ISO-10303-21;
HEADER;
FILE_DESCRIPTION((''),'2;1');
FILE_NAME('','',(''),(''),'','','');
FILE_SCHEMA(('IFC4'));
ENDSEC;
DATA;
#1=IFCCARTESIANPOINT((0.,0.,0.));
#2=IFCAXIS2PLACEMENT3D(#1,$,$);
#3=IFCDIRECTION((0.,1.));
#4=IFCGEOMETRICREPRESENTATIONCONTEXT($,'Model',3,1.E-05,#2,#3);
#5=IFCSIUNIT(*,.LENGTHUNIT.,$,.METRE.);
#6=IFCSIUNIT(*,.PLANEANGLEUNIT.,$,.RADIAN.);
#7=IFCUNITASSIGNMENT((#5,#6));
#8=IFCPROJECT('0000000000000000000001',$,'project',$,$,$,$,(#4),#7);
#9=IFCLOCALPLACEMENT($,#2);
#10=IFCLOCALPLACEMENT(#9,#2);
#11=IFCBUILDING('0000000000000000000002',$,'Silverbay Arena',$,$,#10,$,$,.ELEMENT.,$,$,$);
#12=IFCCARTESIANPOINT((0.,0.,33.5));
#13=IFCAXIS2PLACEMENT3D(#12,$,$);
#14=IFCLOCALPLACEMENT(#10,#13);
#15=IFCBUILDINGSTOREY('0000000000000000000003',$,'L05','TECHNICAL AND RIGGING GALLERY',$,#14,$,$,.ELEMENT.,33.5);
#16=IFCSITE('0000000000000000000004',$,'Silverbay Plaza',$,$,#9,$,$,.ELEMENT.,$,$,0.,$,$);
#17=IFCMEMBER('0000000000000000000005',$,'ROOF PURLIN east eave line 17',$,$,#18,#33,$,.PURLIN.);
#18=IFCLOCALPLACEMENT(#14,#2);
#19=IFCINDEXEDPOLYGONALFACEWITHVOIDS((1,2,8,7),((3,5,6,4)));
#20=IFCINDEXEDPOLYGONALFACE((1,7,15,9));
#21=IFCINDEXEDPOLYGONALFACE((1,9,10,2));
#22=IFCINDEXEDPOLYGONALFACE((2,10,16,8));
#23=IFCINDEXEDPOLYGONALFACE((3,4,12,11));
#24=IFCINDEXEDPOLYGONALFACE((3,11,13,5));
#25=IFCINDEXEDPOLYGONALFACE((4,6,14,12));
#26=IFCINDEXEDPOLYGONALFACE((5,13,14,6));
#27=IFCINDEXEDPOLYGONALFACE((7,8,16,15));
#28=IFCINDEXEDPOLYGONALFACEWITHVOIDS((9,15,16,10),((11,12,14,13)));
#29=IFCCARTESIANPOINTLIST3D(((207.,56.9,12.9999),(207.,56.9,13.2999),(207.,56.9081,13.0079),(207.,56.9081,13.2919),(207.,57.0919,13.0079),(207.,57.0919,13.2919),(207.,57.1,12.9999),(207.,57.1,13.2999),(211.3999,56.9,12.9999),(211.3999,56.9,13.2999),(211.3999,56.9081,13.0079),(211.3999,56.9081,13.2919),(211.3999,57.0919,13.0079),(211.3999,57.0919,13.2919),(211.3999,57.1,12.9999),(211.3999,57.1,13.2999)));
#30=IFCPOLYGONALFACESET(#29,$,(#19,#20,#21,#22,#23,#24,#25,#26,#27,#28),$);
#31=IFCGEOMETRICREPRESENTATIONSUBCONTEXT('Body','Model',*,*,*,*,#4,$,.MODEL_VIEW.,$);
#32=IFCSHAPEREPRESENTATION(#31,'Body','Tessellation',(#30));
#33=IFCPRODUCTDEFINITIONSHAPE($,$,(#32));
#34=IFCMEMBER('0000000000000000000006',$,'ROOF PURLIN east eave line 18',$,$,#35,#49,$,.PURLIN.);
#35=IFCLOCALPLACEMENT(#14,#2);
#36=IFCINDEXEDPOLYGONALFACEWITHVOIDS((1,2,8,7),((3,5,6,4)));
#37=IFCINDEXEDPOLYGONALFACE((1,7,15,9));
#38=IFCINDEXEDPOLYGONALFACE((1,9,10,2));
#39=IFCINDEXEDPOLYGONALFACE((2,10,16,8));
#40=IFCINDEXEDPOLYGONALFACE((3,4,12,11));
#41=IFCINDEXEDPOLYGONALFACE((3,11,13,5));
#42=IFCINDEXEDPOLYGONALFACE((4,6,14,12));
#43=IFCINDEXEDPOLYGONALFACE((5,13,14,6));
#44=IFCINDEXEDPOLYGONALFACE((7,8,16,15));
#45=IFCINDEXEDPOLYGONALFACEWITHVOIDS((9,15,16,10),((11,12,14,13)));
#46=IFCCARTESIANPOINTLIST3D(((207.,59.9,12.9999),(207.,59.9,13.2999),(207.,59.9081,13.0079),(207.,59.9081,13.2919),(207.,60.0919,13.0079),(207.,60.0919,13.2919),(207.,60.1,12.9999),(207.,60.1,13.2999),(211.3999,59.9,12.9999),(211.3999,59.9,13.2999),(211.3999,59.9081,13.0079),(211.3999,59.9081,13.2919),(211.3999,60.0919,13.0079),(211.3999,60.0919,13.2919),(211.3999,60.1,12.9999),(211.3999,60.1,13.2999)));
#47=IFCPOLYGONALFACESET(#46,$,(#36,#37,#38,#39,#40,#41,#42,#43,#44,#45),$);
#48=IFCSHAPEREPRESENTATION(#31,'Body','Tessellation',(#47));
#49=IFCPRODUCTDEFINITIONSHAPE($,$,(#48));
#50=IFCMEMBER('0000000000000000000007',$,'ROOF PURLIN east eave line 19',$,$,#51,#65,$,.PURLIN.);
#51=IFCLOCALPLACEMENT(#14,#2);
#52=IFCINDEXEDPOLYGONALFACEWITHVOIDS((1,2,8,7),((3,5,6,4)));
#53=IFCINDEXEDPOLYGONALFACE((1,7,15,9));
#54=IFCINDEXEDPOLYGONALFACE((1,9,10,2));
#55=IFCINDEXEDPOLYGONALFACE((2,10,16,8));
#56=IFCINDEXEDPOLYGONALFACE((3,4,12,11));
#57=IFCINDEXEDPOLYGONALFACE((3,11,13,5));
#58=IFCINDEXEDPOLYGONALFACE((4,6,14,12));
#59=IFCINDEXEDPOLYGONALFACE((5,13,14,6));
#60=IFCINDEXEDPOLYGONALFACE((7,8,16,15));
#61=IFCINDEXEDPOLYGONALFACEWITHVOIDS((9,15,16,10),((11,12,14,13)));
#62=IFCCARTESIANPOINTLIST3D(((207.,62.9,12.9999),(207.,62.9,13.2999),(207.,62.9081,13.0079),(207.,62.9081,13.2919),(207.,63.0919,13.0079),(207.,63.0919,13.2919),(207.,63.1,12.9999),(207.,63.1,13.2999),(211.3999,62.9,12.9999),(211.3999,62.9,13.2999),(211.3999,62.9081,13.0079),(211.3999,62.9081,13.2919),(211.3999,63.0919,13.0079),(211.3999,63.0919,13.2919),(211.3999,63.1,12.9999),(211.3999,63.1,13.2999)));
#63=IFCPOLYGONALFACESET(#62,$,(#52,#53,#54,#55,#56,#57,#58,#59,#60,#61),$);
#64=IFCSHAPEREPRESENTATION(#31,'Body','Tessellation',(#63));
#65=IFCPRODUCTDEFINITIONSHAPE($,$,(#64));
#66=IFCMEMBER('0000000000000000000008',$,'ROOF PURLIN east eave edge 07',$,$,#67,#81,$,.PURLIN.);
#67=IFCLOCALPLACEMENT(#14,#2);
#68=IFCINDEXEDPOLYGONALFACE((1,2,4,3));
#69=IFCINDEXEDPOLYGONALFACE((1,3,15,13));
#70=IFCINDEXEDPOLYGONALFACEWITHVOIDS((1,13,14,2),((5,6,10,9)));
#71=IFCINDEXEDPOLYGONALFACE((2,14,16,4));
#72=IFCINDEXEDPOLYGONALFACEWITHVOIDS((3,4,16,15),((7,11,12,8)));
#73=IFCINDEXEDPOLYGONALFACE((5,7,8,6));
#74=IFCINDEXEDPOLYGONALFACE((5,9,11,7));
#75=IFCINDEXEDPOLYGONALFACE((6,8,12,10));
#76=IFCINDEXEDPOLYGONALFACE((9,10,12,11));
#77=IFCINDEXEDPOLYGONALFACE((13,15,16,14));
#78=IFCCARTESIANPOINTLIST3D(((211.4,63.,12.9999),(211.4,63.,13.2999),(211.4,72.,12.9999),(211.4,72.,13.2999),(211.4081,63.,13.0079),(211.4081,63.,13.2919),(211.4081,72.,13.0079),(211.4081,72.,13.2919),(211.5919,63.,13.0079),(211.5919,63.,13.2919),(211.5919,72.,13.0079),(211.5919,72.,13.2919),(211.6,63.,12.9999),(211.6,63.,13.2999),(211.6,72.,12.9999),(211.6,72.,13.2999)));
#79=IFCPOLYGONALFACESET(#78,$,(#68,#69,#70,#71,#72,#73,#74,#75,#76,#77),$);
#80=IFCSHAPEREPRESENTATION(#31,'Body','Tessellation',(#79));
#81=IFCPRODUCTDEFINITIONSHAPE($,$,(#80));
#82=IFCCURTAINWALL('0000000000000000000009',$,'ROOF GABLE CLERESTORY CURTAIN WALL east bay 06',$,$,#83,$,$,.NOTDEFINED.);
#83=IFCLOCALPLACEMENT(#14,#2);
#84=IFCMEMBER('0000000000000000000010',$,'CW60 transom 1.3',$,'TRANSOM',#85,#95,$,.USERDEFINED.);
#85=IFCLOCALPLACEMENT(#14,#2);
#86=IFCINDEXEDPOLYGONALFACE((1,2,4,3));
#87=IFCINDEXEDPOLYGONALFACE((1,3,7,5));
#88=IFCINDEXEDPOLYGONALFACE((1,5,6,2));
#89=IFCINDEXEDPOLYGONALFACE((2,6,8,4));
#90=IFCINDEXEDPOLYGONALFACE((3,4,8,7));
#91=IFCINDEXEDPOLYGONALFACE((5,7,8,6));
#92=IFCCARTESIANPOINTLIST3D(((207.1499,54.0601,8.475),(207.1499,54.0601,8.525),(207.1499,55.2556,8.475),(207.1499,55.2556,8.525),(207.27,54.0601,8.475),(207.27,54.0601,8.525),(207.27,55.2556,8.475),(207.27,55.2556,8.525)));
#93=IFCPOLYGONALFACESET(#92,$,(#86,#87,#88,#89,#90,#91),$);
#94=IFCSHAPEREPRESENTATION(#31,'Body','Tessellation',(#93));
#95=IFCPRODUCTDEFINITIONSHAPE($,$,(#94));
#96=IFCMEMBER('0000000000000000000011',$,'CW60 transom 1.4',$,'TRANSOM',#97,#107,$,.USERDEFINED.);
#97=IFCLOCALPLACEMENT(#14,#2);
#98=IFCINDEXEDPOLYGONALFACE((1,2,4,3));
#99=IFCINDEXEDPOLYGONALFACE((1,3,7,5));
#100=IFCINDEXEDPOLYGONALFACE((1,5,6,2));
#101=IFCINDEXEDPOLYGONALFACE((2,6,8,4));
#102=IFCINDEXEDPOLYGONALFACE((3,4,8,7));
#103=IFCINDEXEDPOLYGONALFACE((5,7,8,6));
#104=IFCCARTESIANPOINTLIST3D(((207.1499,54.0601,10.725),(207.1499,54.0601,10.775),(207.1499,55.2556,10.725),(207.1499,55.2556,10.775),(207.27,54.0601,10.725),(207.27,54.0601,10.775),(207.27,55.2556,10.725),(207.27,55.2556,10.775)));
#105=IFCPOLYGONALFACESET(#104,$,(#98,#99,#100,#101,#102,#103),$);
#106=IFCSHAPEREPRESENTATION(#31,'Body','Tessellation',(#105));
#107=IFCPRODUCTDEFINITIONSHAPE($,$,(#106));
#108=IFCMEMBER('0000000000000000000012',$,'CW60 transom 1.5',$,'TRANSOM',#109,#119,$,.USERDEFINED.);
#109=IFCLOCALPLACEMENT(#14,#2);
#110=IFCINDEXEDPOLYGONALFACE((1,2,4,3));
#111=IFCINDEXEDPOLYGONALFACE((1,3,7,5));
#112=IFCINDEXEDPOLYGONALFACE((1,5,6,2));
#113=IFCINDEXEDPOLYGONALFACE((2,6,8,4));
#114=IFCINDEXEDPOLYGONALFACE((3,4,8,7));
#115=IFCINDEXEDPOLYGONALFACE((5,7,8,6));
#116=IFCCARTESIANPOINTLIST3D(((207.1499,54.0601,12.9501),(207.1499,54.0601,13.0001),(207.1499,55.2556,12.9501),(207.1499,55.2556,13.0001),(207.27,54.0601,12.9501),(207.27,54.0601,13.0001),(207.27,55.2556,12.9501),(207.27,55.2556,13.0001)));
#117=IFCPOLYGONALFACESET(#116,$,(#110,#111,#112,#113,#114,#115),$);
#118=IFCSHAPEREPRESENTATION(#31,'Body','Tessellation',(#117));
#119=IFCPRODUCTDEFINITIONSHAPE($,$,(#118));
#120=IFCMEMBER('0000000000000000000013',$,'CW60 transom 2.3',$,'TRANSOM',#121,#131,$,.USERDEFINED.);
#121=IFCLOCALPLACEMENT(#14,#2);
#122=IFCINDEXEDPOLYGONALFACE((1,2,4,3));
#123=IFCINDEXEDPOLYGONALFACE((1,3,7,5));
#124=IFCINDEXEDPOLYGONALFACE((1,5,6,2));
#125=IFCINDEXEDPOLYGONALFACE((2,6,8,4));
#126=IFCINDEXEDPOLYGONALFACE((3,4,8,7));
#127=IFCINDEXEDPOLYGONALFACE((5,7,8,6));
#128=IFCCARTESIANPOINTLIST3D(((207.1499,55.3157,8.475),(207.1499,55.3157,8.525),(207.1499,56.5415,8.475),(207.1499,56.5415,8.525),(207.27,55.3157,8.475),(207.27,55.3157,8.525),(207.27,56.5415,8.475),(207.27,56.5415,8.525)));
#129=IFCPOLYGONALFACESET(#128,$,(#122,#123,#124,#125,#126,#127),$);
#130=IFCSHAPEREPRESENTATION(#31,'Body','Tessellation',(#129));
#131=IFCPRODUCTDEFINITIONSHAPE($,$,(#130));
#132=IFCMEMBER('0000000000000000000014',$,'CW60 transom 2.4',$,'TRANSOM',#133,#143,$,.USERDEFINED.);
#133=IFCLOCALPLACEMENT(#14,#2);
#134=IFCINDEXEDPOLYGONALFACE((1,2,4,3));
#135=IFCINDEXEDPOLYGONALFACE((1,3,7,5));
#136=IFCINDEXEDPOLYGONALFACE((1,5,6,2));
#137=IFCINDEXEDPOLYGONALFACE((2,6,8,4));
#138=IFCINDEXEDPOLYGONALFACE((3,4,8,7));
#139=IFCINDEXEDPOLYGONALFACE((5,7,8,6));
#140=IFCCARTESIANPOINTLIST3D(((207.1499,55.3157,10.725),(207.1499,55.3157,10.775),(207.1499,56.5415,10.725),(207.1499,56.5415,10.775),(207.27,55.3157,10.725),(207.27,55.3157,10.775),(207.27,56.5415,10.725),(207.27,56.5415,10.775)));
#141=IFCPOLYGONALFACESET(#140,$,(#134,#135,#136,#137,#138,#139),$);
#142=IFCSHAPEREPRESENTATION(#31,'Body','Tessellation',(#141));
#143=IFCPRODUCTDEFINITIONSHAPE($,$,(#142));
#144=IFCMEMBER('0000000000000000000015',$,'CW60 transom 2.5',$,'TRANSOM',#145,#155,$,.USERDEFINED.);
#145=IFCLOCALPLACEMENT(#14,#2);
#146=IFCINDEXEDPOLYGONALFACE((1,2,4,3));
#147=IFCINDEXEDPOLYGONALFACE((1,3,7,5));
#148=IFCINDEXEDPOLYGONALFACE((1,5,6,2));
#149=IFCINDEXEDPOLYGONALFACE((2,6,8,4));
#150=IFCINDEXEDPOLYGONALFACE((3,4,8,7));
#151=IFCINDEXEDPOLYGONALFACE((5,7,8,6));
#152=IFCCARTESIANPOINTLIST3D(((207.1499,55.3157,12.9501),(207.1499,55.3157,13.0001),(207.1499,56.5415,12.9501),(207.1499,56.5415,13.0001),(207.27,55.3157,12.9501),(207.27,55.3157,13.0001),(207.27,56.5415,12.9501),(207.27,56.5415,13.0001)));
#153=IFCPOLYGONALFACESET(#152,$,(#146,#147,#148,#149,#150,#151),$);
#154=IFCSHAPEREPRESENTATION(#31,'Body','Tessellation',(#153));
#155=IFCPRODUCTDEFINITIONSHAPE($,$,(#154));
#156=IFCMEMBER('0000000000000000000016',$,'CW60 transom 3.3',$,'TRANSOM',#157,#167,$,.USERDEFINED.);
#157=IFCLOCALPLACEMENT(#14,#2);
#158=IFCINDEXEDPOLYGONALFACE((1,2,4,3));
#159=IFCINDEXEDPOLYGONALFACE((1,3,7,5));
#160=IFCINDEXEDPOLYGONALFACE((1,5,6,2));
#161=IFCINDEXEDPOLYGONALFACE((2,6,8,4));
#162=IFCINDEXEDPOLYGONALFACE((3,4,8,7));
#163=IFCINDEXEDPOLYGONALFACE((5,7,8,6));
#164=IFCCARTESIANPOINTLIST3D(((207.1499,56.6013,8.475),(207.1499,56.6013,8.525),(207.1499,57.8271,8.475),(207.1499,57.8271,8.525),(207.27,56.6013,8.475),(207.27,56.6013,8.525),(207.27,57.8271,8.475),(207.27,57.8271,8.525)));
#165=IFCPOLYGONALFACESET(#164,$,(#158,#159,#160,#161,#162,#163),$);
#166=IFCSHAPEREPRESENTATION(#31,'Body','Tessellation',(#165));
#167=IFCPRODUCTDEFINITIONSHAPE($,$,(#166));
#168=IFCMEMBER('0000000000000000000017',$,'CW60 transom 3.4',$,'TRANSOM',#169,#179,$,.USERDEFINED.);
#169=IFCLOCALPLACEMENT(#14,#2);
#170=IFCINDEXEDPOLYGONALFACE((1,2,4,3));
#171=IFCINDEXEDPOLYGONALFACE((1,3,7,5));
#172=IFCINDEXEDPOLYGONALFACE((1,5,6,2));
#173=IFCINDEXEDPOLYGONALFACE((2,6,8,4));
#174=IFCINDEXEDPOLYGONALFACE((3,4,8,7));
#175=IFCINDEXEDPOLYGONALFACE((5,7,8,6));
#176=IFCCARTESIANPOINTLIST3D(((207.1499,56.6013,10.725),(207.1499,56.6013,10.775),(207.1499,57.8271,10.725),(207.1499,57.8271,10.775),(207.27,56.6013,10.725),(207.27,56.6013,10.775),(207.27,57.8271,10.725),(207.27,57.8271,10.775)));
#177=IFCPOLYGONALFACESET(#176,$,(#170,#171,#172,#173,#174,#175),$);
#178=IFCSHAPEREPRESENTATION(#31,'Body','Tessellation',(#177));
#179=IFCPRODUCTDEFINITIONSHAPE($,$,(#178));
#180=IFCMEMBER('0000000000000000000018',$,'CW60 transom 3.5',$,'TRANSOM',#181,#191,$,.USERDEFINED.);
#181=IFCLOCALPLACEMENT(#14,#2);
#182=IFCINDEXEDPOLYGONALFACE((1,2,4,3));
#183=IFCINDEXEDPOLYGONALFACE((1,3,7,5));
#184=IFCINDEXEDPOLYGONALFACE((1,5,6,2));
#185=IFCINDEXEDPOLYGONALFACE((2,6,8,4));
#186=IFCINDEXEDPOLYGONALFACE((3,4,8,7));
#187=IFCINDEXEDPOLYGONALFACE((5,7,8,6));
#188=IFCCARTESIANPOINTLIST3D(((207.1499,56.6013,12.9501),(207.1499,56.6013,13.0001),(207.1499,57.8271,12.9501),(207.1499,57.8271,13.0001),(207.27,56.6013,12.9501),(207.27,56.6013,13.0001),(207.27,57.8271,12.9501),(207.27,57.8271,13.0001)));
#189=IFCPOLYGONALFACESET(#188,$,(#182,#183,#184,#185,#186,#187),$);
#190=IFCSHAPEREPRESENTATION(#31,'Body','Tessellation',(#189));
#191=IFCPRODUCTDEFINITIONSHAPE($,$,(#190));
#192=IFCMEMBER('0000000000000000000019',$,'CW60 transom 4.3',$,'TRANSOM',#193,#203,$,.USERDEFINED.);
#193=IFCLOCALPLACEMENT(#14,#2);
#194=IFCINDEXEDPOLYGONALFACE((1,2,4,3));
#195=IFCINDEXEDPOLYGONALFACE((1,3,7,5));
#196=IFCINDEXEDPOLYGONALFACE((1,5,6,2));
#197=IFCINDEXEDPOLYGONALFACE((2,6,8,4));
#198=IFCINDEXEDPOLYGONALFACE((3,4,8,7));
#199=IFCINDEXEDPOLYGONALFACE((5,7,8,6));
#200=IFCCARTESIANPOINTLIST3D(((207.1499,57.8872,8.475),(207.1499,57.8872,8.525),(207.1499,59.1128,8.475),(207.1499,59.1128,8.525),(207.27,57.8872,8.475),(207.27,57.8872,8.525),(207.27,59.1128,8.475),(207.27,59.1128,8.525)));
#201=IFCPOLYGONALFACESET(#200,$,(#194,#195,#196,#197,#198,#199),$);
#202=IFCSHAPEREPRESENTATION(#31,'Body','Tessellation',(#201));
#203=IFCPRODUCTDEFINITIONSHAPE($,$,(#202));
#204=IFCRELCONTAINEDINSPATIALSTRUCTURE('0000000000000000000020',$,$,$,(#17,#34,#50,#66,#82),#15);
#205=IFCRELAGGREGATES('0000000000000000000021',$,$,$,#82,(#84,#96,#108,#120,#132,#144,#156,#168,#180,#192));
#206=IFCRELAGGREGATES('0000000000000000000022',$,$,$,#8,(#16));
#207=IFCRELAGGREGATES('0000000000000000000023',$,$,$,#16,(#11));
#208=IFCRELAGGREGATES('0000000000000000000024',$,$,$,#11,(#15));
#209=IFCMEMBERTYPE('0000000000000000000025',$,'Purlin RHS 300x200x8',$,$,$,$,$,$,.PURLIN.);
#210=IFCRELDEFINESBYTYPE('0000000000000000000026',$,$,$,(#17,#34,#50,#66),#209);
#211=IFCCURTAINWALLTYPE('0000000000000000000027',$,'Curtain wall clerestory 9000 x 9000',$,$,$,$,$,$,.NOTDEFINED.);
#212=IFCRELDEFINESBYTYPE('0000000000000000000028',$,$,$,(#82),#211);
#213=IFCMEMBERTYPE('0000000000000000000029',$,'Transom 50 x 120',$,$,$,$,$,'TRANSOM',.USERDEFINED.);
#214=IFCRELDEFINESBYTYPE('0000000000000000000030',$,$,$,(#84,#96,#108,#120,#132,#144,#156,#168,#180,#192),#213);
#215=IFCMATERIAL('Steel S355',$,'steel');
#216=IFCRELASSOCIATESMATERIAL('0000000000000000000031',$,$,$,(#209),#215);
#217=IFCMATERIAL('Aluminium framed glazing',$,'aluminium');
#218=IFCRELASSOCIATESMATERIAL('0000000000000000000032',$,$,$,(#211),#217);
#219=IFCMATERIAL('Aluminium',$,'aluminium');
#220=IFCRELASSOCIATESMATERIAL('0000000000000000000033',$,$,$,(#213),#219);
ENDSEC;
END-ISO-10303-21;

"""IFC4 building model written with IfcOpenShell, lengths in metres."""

from ifc_helpers import new_model, si_unit, direction, frame, origin, origin_2d, place, context, subcontext, project, spatial, rectangle, hollow_rectangle, extrude, material, material_profile, profile_set, type_object, element, aggregate, save


model = new_model("IFC4")

# Units and contexts
model_context = context("Model", 3, precision=1e-05, world=origin(), true_north=direction((0.0, 1.0)))
body_context = subcontext(model_context, "Body", "Model", "MODEL_VIEW")
ifc_project = project(units=[si_unit("LENGTHUNIT", "METRE"), si_unit("PLANEANGLEUNIT", "RADIAN")], contexts=[model_context])

# Site, building, storey
site_placement = place(None, origin())
site = spatial("IfcSite", under=ifc_project, at=site_placement, Name="Silverbay Plaza", CompositionType="ELEMENT", RefElevation=0.0)
building_placement = place(site_placement, origin())
building = spatial("IfcBuilding", under=site, at=building_placement, Name="Silverbay Arena", CompositionType="ELEMENT")
storey_placement = place(building_placement, frame((0.0, 0.0, 33.5)))
storey = spatial("IfcBuildingStorey", under=building, at=storey_placement, Name="L05", Description="TECHNICAL AND RIGGING GALLERY", CompositionType="ELEMENT", Elevation=33.5)

# Members
ifc_material_1 = material(Name="Steel S355", Category="steel")
ifc_material_profile_1 = material_profile(ifc_material_1, hollow_rectangle(XDim=0.2, YDim=0.3, WallThickness=0.0081, at=origin_2d()), Name="RHS 300x200x8")
ifc_profile_set_1 = profile_set([ifc_material_profile_1], Name="Steel S355")
member_type_1 = type_object("IfcMemberType", Name="Purlin RHS 300x200x8", PredefinedType="PURLIN", material=ifc_profile_set_1)
for number, where, z_axis, x_axis, name in (
    (1, (211.3999, 57.0, 13.1499), (-1.0, 0.0, 0.0), (0.0, -1.0, 0.0), "ROOF PURLIN east eave line 17"),
    (2, (211.3999, 60.0, 13.1499), (-1.0, 0.0, 0.0), (0.0, -1.0, 0.0), "ROOF PURLIN east eave line 18"),
    (3, (211.3999, 63.0, 13.1499), (-1.0, 0.0, 0.0), (0.0, -1.0, 0.0), "ROOF PURLIN east eave line 19"),
):
    element("IfcMember", number, at=place(storey_placement, frame(where, z_axis=z_axis, x_axis=x_axis)), inside=storey, type_object=member_type_1, Name=name, PredefinedType="PURLIN", context=body_context, shape_type="SweptSolid", body=[
        extrude(hollow_rectangle(XDim=0.2, YDim=0.3, WallThickness=0.0081, at=origin_2d()), origin(), (0.0, 0.0, 1.0), 4.3999),
    ])
member_1_placement = place(storey_placement, frame((211.5, 63.0, 13.1499), z_axis=(0.0, 1.0, 0.0), x_axis=(-1.0, 0.0, 0.0)))
element("IfcMember", 4, at=member_1_placement, inside=storey, type_object=member_type_1, Name="ROOF PURLIN east eave edge 07", PredefinedType="PURLIN", context=body_context, shape_type="SweptSolid", body=[
    extrude(hollow_rectangle(XDim=0.2, YDim=0.3, WallThickness=0.0081, at=origin_2d()), origin(), (0.0, 0.0, 1.0), 9.0),
])

# Curtain wall, members
ifc_material_2 = material(Name="Aluminium framed glazing", Category="aluminium")
curtain_wall_type = type_object("IfcCurtainWallType", Name="Curtain wall clerestory 9000 x 9000", PredefinedType="NOTDEFINED", material=ifc_material_2)
curtain_wall_1_placement = place(storey_placement, origin())
curtain_wall_1 = element("IfcCurtainWall", 5, at=curtain_wall_1_placement, inside=storey, type_object=curtain_wall_type, Name="ROOF GABLE CLERESTORY CURTAIN WALL east bay 06", PredefinedType="NOTDEFINED")
ifc_material_3 = material(Name="Aluminium", Category="aluminium")
ifc_material_profile_2 = material_profile(ifc_material_3, rectangle(XDim=0.1201, YDim=0.05, at=origin_2d()), Name="Transom 50 x 120")
ifc_profile_set_2 = profile_set([ifc_material_profile_2], Name="Aluminium")
member_type_2 = type_object("IfcMemberType", Name="Transom 50 x 120", ElementType="TRANSOM", PredefinedType="USERDEFINED", material=ifc_profile_set_2)
member_2_placement = place(storey_placement, frame((207.21, 54.0601, 8.5), z_axis=(0.0, 1.0, 0.0), x_axis=(-1.0, 0.0, 0.0)))
member_2 = element("IfcMember", 6, at=member_2_placement, type_object=member_type_2, Name="CW60 transom 1.3", ObjectType="TRANSOM", PredefinedType="USERDEFINED", context=body_context, shape_type="SweptSolid", body=[
    extrude(rectangle(XDim=0.1201, YDim=0.05, at=origin_2d()), origin(), (0.0, 0.0, 1.0), 1.1956),
])
member_3_placement = place(storey_placement, frame((207.21, 54.0601, 10.75), z_axis=(0.0, 1.0, 0.0), x_axis=(-1.0, 0.0, 0.0)))
member_3 = element("IfcMember", 7, at=member_3_placement, type_object=member_type_2, Name="CW60 transom 1.4", ObjectType="TRANSOM", PredefinedType="USERDEFINED", context=body_context, shape_type="SweptSolid", body=[
    extrude(rectangle(XDim=0.1201, YDim=0.05, at=origin_2d()), origin(), (0.0, 0.0, 1.0), 1.1956),
])
member_4_placement = place(storey_placement, frame((207.21, 54.0601, 12.9751), z_axis=(0.0, 1.0, 0.0), x_axis=(-1.0, 0.0, 0.0)))
member_4 = element("IfcMember", 8, at=member_4_placement, type_object=member_type_2, Name="CW60 transom 1.5", ObjectType="TRANSOM", PredefinedType="USERDEFINED", context=body_context, shape_type="SweptSolid", body=[
    extrude(rectangle(XDim=0.1201, YDim=0.05, at=origin_2d()), origin(), (0.0, 0.0, 1.0), 1.1956),
])
member_5_placement = place(storey_placement, frame((207.21, 55.3157, 8.5), z_axis=(0.0, 1.0, 0.0), x_axis=(-1.0, 0.0, 0.0)))
member_5 = element("IfcMember", 9, at=member_5_placement, type_object=member_type_2, Name="CW60 transom 2.3", ObjectType="TRANSOM", PredefinedType="USERDEFINED", context=body_context, shape_type="SweptSolid", body=[
    extrude(rectangle(XDim=0.1201, YDim=0.05, at=origin_2d()), origin(), (0.0, 0.0, 1.0), 1.2258),
])
member_6_placement = place(storey_placement, frame((207.21, 55.3157, 10.75), z_axis=(0.0, 1.0, 0.0), x_axis=(-1.0, 0.0, 0.0)))
member_6 = element("IfcMember", 10, at=member_6_placement, type_object=member_type_2, Name="CW60 transom 2.4", ObjectType="TRANSOM", PredefinedType="USERDEFINED", context=body_context, shape_type="SweptSolid", body=[
    extrude(rectangle(XDim=0.1201, YDim=0.05, at=origin_2d()), origin(), (0.0, 0.0, 1.0), 1.2258),
])
member_7_placement = place(storey_placement, frame((207.21, 55.3157, 12.9751), z_axis=(0.0, 1.0, 0.0), x_axis=(-1.0, 0.0, 0.0)))
member_7 = element("IfcMember", 11, at=member_7_placement, type_object=member_type_2, Name="CW60 transom 2.5", ObjectType="TRANSOM", PredefinedType="USERDEFINED", context=body_context, shape_type="SweptSolid", body=[
    extrude(rectangle(XDim=0.1201, YDim=0.05, at=origin_2d()), origin(), (0.0, 0.0, 1.0), 1.2258),
])
member_8_placement = place(storey_placement, frame((207.21, 56.6013, 8.5), z_axis=(0.0, 1.0, 0.0), x_axis=(-1.0, 0.0, 0.0)))
member_8 = element("IfcMember", 12, at=member_8_placement, type_object=member_type_2, Name="CW60 transom 3.3", ObjectType="TRANSOM", PredefinedType="USERDEFINED", context=body_context, shape_type="SweptSolid", body=[
    extrude(rectangle(XDim=0.1201, YDim=0.05, at=origin_2d()), origin(), (0.0, 0.0, 1.0), 1.2258),
])
member_9_placement = place(storey_placement, frame((207.21, 56.6013, 10.75), z_axis=(0.0, 1.0, 0.0), x_axis=(-1.0, 0.0, 0.0)))
member_9 = element("IfcMember", 13, at=member_9_placement, type_object=member_type_2, Name="CW60 transom 3.4", ObjectType="TRANSOM", PredefinedType="USERDEFINED", context=body_context, shape_type="SweptSolid", body=[
    extrude(rectangle(XDim=0.1201, YDim=0.05, at=origin_2d()), origin(), (0.0, 0.0, 1.0), 1.2258),
])
member_10_placement = place(storey_placement, frame((207.21, 56.6013, 12.9751), z_axis=(0.0, 1.0, 0.0), x_axis=(-1.0, 0.0, 0.0)))
member_10 = element("IfcMember", 14, at=member_10_placement, type_object=member_type_2, Name="CW60 transom 3.5", ObjectType="TRANSOM", PredefinedType="USERDEFINED", context=body_context, shape_type="SweptSolid", body=[
    extrude(rectangle(XDim=0.1201, YDim=0.05, at=origin_2d()), origin(), (0.0, 0.0, 1.0), 1.2258),
])
member_11_placement = place(storey_placement, frame((207.21, 57.8872, 8.5), z_axis=(0.0, 1.0, 0.0), x_axis=(-1.0, 0.0, 0.0)))
member_11 = element("IfcMember", 15, at=member_11_placement, type_object=member_type_2, Name="CW60 transom 4.3", ObjectType="TRANSOM", PredefinedType="USERDEFINED", context=body_context, shape_type="SweptSolid", body=[
    extrude(rectangle(XDim=0.1201, YDim=0.05, at=origin_2d()), origin(), (0.0, 0.0, 1.0), 1.2256),
])

aggregate(curtain_wall_1, [member_2, member_3, member_4, member_5, member_6, member_7, member_8, member_9, member_10, member_11])

save(model, "model.ifc")
